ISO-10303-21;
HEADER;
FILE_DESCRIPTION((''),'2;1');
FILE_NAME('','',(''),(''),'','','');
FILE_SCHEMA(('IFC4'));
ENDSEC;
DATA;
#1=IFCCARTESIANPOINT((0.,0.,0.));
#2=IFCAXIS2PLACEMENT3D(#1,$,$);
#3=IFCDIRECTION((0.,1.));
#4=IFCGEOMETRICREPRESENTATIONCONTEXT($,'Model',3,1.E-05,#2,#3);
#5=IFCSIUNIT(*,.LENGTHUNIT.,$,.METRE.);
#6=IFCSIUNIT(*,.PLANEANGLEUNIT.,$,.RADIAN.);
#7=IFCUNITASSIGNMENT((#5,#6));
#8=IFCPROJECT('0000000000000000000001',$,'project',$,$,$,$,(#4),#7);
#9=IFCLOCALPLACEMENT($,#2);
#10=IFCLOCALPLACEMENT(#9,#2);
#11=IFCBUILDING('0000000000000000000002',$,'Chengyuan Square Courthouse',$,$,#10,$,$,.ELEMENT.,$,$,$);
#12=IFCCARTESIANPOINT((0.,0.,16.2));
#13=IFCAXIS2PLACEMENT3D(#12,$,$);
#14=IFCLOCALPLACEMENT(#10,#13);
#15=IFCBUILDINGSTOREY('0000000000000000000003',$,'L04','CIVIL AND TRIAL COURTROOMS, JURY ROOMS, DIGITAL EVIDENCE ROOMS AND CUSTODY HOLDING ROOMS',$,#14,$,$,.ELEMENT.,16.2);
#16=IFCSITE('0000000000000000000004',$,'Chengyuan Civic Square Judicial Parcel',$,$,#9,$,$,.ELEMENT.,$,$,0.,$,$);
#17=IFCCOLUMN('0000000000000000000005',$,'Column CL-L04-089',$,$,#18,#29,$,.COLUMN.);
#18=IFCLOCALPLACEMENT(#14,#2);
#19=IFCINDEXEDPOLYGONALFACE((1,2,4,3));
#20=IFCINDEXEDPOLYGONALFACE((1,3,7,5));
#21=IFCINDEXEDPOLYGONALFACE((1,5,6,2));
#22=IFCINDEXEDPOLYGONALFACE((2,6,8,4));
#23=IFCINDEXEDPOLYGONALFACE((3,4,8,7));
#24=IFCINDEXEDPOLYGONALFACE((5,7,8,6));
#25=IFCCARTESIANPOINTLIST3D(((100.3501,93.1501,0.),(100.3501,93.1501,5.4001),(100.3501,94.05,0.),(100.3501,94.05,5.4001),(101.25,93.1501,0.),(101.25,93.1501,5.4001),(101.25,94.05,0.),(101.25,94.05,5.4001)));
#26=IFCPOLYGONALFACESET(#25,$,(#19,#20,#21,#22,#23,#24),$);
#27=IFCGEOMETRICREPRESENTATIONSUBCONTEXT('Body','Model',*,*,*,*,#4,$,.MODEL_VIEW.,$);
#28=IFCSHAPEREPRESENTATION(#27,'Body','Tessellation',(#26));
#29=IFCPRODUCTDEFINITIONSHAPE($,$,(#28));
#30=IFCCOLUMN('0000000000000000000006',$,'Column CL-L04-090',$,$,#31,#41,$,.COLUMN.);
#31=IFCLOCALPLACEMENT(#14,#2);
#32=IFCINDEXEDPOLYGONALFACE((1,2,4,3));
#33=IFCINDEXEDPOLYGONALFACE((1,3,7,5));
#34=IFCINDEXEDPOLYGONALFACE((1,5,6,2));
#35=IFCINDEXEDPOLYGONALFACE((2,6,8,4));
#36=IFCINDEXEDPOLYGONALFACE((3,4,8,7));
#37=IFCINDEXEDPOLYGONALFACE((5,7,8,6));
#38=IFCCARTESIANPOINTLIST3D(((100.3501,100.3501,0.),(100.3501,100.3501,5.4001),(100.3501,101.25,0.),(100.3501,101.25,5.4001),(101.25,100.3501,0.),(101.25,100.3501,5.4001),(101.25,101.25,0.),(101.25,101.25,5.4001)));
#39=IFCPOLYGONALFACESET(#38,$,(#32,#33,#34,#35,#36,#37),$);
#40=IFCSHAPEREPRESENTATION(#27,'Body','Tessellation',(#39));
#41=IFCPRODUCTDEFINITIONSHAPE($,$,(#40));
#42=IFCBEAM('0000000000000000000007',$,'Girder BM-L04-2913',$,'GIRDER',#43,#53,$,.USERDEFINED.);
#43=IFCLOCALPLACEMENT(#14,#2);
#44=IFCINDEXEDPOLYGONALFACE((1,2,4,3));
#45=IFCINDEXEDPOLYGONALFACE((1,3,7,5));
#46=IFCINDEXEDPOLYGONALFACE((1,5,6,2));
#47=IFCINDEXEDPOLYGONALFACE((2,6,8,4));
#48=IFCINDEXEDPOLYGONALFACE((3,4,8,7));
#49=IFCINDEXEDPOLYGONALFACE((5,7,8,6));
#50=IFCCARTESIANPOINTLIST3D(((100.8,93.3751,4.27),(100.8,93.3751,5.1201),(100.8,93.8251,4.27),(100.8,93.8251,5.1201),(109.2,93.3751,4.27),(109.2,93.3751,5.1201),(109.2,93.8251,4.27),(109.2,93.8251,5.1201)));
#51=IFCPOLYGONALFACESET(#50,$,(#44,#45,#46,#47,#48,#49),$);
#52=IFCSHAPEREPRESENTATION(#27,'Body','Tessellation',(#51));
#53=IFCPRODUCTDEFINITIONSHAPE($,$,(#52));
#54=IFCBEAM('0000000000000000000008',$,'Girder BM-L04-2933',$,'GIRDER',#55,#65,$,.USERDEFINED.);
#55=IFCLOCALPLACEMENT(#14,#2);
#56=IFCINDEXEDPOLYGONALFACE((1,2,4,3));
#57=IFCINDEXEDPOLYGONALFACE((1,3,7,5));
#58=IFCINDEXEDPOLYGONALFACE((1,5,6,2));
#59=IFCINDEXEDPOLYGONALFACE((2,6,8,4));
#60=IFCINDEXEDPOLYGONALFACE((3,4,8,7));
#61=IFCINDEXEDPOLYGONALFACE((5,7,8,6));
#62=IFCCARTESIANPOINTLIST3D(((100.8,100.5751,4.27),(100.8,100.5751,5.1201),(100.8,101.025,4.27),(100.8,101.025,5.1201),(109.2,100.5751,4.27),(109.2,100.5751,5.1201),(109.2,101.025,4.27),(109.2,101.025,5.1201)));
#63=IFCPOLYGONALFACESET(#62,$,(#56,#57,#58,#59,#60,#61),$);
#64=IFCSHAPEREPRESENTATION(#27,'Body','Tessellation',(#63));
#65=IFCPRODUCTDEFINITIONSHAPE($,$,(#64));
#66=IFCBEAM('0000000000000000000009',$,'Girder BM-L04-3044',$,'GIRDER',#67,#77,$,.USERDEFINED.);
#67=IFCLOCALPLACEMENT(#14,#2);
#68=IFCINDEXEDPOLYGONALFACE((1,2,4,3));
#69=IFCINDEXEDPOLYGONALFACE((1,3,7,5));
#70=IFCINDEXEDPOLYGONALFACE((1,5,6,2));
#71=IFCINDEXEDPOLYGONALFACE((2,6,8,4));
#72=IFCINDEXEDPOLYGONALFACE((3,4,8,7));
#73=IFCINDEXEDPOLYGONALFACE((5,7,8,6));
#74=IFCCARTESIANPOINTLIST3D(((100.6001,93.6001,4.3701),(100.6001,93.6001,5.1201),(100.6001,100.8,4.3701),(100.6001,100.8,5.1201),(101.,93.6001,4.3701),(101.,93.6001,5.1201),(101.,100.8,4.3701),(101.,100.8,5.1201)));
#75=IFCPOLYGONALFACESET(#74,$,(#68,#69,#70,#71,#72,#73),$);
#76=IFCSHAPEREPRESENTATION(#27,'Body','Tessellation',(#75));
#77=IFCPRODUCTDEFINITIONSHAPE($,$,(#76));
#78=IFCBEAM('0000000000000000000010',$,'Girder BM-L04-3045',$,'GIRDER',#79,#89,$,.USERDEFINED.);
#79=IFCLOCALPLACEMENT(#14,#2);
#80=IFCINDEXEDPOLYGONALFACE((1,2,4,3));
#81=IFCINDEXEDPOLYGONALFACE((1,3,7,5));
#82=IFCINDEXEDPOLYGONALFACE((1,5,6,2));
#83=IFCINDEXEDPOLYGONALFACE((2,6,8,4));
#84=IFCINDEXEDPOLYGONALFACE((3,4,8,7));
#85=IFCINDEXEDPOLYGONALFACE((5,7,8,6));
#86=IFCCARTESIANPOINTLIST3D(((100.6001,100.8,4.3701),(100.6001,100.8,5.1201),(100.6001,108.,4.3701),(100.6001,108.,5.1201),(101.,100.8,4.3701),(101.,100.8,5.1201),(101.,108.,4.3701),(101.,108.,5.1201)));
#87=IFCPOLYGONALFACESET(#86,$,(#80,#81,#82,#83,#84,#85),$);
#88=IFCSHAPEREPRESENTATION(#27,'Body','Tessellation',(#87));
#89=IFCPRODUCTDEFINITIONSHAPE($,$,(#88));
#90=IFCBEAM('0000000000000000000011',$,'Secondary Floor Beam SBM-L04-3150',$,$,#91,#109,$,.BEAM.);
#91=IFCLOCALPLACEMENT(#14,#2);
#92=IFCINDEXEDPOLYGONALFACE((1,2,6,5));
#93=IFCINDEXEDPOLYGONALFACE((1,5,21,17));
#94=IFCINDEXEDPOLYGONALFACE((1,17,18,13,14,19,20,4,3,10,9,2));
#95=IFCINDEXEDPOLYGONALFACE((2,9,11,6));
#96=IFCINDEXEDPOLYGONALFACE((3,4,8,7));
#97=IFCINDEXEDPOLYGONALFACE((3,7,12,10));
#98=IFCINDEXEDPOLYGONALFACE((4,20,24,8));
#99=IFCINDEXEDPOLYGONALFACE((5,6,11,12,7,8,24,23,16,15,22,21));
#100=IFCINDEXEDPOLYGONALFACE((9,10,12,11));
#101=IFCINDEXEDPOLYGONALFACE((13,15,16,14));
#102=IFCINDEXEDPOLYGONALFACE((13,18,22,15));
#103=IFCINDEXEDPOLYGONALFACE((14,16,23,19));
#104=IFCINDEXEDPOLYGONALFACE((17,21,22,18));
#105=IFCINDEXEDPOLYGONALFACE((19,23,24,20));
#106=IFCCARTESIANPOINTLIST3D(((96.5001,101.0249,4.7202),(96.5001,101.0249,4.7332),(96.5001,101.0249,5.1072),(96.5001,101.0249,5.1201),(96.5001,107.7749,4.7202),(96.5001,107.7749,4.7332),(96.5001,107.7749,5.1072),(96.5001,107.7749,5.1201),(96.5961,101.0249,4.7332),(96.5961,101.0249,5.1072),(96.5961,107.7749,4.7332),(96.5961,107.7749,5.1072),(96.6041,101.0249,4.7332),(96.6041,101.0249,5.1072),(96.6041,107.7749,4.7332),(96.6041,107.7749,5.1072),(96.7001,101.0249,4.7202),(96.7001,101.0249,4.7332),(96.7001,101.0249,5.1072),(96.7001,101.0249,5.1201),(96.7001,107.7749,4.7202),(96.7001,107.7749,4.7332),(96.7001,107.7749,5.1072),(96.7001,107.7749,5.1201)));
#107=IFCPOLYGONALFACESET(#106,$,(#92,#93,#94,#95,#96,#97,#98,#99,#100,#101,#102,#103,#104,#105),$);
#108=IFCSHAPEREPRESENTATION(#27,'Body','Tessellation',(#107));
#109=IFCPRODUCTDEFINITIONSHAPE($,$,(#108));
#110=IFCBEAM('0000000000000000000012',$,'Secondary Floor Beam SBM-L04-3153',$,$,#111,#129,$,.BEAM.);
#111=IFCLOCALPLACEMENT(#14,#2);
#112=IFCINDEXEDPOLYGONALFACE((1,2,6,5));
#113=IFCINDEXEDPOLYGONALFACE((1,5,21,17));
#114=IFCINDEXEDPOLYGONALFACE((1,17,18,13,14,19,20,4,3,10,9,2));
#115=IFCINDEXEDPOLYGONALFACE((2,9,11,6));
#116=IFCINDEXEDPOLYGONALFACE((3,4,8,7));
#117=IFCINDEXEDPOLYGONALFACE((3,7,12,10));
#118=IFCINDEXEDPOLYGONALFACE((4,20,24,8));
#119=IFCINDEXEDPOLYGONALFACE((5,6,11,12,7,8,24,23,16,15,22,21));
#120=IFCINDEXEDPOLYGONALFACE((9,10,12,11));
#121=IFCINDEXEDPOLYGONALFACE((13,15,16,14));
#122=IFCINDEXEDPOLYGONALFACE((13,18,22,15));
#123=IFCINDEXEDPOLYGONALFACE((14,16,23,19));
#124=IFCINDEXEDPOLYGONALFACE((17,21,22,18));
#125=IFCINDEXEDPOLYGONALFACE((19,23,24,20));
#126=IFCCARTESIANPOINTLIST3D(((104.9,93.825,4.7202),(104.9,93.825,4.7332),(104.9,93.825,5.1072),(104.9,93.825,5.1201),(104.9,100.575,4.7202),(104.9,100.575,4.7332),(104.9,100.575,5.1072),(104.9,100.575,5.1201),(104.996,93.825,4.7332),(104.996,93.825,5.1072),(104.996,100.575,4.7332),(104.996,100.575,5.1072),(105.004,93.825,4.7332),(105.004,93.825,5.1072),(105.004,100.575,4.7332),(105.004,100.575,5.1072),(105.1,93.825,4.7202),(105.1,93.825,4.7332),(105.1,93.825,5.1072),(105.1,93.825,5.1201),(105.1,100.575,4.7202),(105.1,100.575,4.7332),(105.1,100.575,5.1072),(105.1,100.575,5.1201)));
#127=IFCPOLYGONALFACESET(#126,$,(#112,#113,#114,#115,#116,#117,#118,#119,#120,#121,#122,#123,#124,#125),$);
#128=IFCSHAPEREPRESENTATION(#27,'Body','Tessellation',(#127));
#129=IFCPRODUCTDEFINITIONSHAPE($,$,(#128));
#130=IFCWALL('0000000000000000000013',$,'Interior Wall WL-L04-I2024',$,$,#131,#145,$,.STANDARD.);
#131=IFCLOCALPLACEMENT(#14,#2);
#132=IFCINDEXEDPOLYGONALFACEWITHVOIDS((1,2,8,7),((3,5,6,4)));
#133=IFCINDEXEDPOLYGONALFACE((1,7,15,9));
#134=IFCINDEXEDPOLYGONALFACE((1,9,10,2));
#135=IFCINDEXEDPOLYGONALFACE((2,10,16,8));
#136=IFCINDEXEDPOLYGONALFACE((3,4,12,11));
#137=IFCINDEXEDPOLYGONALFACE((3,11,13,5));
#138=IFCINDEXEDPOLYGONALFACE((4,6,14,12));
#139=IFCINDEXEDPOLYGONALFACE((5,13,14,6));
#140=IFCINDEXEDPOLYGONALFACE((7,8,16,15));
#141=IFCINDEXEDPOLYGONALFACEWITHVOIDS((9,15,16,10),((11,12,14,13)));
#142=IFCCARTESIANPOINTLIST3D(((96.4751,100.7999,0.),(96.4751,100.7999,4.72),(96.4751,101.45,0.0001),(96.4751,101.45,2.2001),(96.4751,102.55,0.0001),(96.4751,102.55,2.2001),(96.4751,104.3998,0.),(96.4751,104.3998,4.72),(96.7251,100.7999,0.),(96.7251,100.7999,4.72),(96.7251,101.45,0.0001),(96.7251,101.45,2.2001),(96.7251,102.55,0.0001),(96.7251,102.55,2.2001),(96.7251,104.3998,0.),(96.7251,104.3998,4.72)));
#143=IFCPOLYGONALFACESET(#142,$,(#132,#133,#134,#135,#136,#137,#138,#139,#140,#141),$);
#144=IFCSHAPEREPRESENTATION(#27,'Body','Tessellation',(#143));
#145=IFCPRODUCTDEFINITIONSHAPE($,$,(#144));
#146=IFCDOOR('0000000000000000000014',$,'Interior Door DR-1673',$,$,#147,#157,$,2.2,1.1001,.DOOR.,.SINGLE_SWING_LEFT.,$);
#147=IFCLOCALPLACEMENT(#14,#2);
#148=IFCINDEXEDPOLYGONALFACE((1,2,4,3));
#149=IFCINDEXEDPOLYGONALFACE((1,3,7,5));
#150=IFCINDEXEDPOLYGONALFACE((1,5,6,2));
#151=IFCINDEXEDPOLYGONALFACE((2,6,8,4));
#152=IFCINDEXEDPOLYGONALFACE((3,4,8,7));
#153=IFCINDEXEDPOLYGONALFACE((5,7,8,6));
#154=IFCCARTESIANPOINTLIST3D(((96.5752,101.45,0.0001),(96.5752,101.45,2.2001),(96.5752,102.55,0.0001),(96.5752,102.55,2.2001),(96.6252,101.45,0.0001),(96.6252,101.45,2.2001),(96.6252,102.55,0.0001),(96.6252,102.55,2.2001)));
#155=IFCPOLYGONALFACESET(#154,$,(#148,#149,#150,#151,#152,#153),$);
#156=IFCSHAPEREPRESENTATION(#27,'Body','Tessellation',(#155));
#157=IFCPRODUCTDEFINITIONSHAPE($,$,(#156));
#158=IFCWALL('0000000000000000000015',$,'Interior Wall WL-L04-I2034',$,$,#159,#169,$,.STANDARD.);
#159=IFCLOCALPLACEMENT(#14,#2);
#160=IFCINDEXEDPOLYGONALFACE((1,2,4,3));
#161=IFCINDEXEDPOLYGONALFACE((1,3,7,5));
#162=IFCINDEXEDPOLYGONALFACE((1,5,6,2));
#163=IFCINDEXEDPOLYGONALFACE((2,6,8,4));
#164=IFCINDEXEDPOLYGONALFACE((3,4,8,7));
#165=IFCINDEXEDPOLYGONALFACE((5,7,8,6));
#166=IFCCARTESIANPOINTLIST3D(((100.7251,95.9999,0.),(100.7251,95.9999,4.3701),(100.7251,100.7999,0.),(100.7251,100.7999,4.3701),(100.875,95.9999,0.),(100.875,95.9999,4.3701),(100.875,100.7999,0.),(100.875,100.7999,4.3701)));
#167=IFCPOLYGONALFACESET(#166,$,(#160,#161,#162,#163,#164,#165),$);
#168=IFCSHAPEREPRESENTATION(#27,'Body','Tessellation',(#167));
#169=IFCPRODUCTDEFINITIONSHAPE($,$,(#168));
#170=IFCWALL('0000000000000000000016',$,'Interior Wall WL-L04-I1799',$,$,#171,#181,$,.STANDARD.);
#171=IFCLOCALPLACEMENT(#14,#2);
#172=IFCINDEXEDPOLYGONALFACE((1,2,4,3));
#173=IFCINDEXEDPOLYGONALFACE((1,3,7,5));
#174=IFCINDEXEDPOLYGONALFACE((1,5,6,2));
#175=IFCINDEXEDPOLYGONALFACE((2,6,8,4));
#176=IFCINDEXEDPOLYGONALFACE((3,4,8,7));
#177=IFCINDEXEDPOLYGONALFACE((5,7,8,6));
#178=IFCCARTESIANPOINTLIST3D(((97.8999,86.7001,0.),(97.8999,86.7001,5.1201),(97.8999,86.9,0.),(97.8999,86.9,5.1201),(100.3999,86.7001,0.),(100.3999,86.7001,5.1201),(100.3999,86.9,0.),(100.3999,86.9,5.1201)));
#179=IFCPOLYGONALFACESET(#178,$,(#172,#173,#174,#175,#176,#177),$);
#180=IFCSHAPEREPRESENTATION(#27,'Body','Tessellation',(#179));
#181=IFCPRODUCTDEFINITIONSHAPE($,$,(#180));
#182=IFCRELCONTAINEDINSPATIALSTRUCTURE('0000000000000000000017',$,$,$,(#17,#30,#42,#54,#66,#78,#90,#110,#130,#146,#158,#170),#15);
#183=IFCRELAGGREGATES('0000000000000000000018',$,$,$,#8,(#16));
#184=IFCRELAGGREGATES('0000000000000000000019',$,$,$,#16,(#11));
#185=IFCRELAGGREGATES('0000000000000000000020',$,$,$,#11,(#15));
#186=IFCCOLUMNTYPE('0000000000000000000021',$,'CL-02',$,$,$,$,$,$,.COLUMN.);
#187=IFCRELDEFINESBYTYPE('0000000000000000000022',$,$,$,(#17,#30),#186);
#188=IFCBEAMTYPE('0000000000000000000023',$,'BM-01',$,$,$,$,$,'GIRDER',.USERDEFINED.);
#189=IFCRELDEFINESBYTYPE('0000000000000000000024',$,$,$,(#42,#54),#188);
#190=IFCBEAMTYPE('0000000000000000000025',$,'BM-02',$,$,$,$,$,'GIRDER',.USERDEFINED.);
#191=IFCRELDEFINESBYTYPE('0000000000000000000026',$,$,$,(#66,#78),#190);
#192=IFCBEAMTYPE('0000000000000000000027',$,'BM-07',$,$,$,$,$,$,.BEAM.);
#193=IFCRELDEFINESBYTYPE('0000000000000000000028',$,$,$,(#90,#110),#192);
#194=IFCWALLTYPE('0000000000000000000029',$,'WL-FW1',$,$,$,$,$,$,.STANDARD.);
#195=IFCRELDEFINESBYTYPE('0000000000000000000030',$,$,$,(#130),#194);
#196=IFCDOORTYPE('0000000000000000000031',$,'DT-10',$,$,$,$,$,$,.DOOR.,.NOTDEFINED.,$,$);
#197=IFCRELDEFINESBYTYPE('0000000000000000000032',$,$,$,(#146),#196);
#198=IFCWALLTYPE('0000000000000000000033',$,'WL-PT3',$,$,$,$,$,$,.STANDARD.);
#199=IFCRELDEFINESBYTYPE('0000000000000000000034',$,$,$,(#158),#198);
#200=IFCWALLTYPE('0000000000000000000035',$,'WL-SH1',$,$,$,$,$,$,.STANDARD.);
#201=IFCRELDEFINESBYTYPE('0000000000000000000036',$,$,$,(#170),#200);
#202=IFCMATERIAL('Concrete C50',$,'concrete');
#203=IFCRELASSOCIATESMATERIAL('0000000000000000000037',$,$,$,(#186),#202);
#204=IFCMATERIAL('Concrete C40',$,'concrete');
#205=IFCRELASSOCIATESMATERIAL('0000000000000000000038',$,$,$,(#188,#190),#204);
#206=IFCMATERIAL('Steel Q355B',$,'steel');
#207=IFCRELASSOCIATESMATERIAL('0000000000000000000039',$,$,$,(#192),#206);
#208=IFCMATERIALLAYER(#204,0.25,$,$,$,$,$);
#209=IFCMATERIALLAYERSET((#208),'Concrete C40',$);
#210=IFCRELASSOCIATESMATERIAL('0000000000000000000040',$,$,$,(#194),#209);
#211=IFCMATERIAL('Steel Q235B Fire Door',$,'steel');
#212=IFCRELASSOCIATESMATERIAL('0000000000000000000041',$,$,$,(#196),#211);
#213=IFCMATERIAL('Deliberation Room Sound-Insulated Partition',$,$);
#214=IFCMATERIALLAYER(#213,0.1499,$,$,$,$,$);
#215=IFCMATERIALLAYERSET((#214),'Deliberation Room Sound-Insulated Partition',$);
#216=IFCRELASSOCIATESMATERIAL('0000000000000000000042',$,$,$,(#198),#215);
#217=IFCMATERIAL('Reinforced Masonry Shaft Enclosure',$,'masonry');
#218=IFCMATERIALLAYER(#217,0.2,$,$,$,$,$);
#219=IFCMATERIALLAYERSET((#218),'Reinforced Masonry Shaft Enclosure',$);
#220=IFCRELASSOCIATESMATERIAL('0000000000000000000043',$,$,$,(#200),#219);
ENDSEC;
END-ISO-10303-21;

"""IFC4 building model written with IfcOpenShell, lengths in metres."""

from ifc_helpers import new_model, si_unit, direction, frame, frame_2d, origin, origin_2d, place, context, subcontext, project, spatial, rectangle, i_section, extrude, material, layer, layer_set, material_profile, profile_set, type_object, element, fill, save


model = new_model("IFC4")

# Units and contexts
model_context = context("Model", 3, precision=1e-05, world=origin(), true_north=direction((0.0, 1.0)))
body_context = subcontext(model_context, "Body", "Model", "MODEL_VIEW")
ifc_project = project(units=[si_unit("LENGTHUNIT", "METRE"), si_unit("PLANEANGLEUNIT", "RADIAN")], contexts=[model_context])

# Site, building, storey
site_placement = place(None, origin())
site = spatial("IfcSite", under=ifc_project, at=site_placement, Name="Chengyuan Civic Square Judicial Parcel", CompositionType="ELEMENT", RefElevation=0.0)
building_placement = place(site_placement, origin())
building = spatial("IfcBuilding", under=site, at=building_placement, Name="Chengyuan Square Courthouse", CompositionType="ELEMENT")
storey_placement = place(building_placement, frame((0.0, 0.0, 16.2)))
storey = spatial("IfcBuildingStorey", under=building, at=storey_placement, Name="L04", Description="CIVIL AND TRIAL COURTROOMS, JURY ROOMS, DIGITAL EVIDENCE ROOMS AND CUSTODY HOLDING ROOMS", CompositionType="ELEMENT", Elevation=16.2)

# Columns
ifc_material_1 = material(Name="Concrete C50", Category="concrete")
ifc_material_profile_1 = material_profile(ifc_material_1, rectangle(XDim=0.8999, YDim=0.8999, at=origin_2d()), Name="RC-COL-900x900")
ifc_profile_set_1 = profile_set([ifc_material_profile_1], Name="Concrete C50")
column_type = type_object("IfcColumnType", Name="CL-02", PredefinedType="COLUMN", material=ifc_profile_set_1)
for number, where, z_axis, x_axis, name in (
    (1, (100.8, 93.6001, 0.0), (0.0, 0.0, 1.0), (1.0, 0.0, 0.0), "Column CL-L04-089"),
    (2, (100.8, 100.8, 0.0), (0.0, 0.0, 1.0), (1.0, 0.0, 0.0), "Column CL-L04-090"),
):
    element("IfcColumn", number, at=place(storey_placement, frame(where, z_axis=z_axis, x_axis=x_axis)), inside=storey, type_object=column_type, Name=name, PredefinedType="COLUMN", context=body_context, shape_type="SweptSolid", body=[
        extrude(rectangle(XDim=0.8999, YDim=0.8999, at=origin_2d()), origin(), (0.0, 0.0, 1.0), 5.4001),
    ])

# Beams
ifc_material_2 = material(Name="Concrete C40", Category="concrete")
ifc_material_profile_2 = material_profile(ifc_material_2, rectangle(XDim=0.45, YDim=0.8501, at=origin_2d()), Name="RC-BM-450x850")
ifc_profile_set_2 = profile_set([ifc_material_profile_2], Name="Concrete C40")
beam_type_1 = type_object("IfcBeamType", Name="BM-01", ElementType="GIRDER", PredefinedType="USERDEFINED", material=ifc_profile_set_2)
for number, where, z_axis, x_axis, name in (
    (3, (100.8, 93.6001, 4.6951), (1.0, 0.0, 0.0), (0.0, 1.0, 0.0), "Girder BM-L04-2913"),
    (4, (100.8, 100.8, 4.6951), (1.0, 0.0, 0.0), (0.0, 1.0, 0.0), "Girder BM-L04-2933"),
):
    element("IfcBeam", number, at=place(storey_placement, frame(where, z_axis=z_axis, x_axis=x_axis)), inside=storey, type_object=beam_type_1, Name=name, ObjectType="GIRDER", PredefinedType="USERDEFINED", context=body_context, shape_type="SweptSolid", body=[
        extrude(rectangle(XDim=0.45, YDim=0.8501, at=origin_2d()), origin(), (0.0, 0.0, 1.0), 8.3999),
    ])
ifc_material_profile_3 = material_profile(ifc_material_2, rectangle(XDim=0.3999, YDim=0.75, at=origin_2d()), Name="RC-BM-400x750")
ifc_profile_set_3 = profile_set([ifc_material_profile_3], Name="Concrete C40")
beam_type_2 = type_object("IfcBeamType", Name="BM-02", ElementType="GIRDER", PredefinedType="USERDEFINED", material=ifc_profile_set_3)
for number, where, z_axis, x_axis, name in (
    (5, (100.8, 93.6001, 4.7451), (0.0, 1.0, 0.0), (-1.0, 0.0, 0.0), "Girder BM-L04-3044"),
    (6, (100.8, 100.8, 4.7451), (0.0, 1.0, 0.0), (-1.0, 0.0, 0.0), "Girder BM-L04-3045"),
):
    element("IfcBeam", number, at=place(storey_placement, frame(where, z_axis=z_axis, x_axis=x_axis)), inside=storey, type_object=beam_type_2, Name=name, ObjectType="GIRDER", PredefinedType="USERDEFINED", context=body_context, shape_type="SweptSolid", body=[
        extrude(rectangle(XDim=0.3999, YDim=0.75, at=origin_2d()), origin(), (0.0, 0.0, 1.0), 7.2),
    ])
ifc_material_3 = material(Name="Steel Q355B", Category="steel")
ifc_material_profile_4 = material_profile(ifc_material_3, i_section(OverallWidth=0.2, OverallDepth=0.3999, WebThickness=0.0081, FlangeThickness=0.0129, at=origin_2d()), Name="HN 400x200x8x13")
ifc_profile_set_4 = profile_set([ifc_material_profile_4], Name="Steel Q355B")
beam_type_3 = type_object("IfcBeamType", Name="BM-07", PredefinedType="BEAM", material=ifc_profile_set_4)
for number, where, z_axis, x_axis, name in (
    (7, (96.6001, 101.0249, 4.9202), (0.0, 1.0, 0.0), (-1.0, 0.0, 0.0), "Secondary Floor Beam SBM-L04-3150"),
    (8, (105.0, 93.825, 4.9202), (0.0, 1.0, 0.0), (-1.0, 0.0, 0.0), "Secondary Floor Beam SBM-L04-3153"),
):
    element("IfcBeam", number, at=place(storey_placement, frame(where, z_axis=z_axis, x_axis=x_axis)), inside=storey, type_object=beam_type_3, Name=name, PredefinedType="BEAM", context=body_context, shape_type="SweptSolid", body=[
        extrude(i_section(OverallWidth=0.2, OverallDepth=0.3999, WebThickness=0.0081, FlangeThickness=0.0129, at=origin_2d()), origin(), (0.0, 0.0, 1.0), 6.75),
    ])

# Wall, opening, door
ifc_layer_1 = layer(ifc_material_2, 0.25)
ifc_layer_set_1 = layer_set([ifc_layer_1], Name="Concrete C40")
wall_type_1 = type_object("IfcWallType", Name="WL-FW1", PredefinedType="STANDARD", material=ifc_layer_set_1)
wall_1_placement = place(storey_placement, frame((96.6001, 100.8, 0.0), z_axis=(0.0, 0.0, 1.0), x_axis=(0.0, 1.0, 0.0)))
wall_1 = element("IfcWall", 9, at=wall_1_placement, inside=storey, type_object=wall_type_1, Name="Interior Wall WL-L04-I2024", PredefinedType="STANDARD", context=body_context, shape_type="SweptSolid", body=[
    extrude(rectangle(XDim=3.5999, YDim=0.25, at=frame_2d((1.7998, 0.0))), origin(), (0.0, 0.0, 1.0), 4.72),
])
opening_1_placement = place(wall_1_placement, frame((0.6499, 0.0, 0.0)))
opening_1 = element("IfcOpeningElement", 10, at=opening_1_placement, cuts=wall_1, PredefinedType="OPENING", context=body_context, shape_type="SweptSolid", body=[
    extrude(rectangle(XDim=1.1001, YDim=2.2, at=frame_2d((0.55, 1.1001))), frame((0.0, 0.137, 0.0), z_axis=(0.0, -1.0, 0.0), x_axis=(1.0, 0.0, 0.0)), (0.0, 0.0, 1.0), 0.2739),
])
ifc_material_4 = material(Name="Steel Q235B Fire Door", Category="steel")
door_type_1 = type_object("IfcDoorType", Name="DT-10", OperationType="NOTDEFINED", PredefinedType="DOOR", material=ifc_material_4)
door_1_placement = place(opening_1_placement, origin())
door_1 = element("IfcDoor", 11, at=door_1_placement, inside=storey, type_object=door_type_1, Name="Interior Door DR-1673", OperationType="SINGLE_SWING_LEFT", OverallHeight=2.2, OverallWidth=1.1001, PredefinedType="DOOR", context=body_context, shape_type="SweptSolid", body=[
    extrude(rectangle(XDim=1.1001, YDim=2.2, at=frame_2d((0.55, 1.1001))), frame((0.0, 0.0249, 0.0), z_axis=(0.0, -1.0, 0.0), x_axis=(1.0, 0.0, 0.0)), (0.0, 0.0, 1.0), 0.05),
])
fill(opening_1, door_1)

# Walls
ifc_material_5 = material(Name="Deliberation Room Sound-Insulated Partition")
ifc_layer_2 = layer(ifc_material_5, 0.1499)
ifc_layer_set_2 = layer_set([ifc_layer_2], Name="Deliberation Room Sound-Insulated Partition")
wall_type_2 = type_object("IfcWallType", Name="WL-PT3", PredefinedType="STANDARD", material=ifc_layer_set_2)
wall_2_placement = place(storey_placement, frame((100.8, 96.0, 0.0), z_axis=(0.0, 0.0, 1.0), x_axis=(0.0, 1.0, 0.0)))
element("IfcWall", 12, at=wall_2_placement, inside=storey, type_object=wall_type_2, Name="Interior Wall WL-L04-I2034", PredefinedType="STANDARD", context=body_context, shape_type="SweptSolid", body=[
    extrude(rectangle(XDim=4.8, YDim=0.1499, at=frame_2d((2.3999, 0.0))), origin(), (0.0, 0.0, 1.0), 4.3701),
])
ifc_material_6 = material(Name="Reinforced Masonry Shaft Enclosure", Category="masonry")
ifc_layer_3 = layer(ifc_material_6, 0.2)
ifc_layer_set_3 = layer_set([ifc_layer_3], Name="Reinforced Masonry Shaft Enclosure")
wall_type_3 = type_object("IfcWallType", Name="WL-SH1", PredefinedType="STANDARD", material=ifc_layer_set_3)
wall_3_placement = place(storey_placement, frame((97.8999, 86.8, 0.0), z_axis=(0.0, 0.0, 1.0), x_axis=(1.0, 0.0, 0.0)))
element("IfcWall", 13, at=wall_3_placement, inside=storey, type_object=wall_type_3, Name="Interior Wall WL-L04-I1799", PredefinedType="STANDARD", context=body_context, shape_type="SweptSolid", body=[
    extrude(rectangle(XDim=2.5, YDim=0.2, at=frame_2d((1.25, 0.0))), origin(), (0.0, 0.0, 1.0), 5.1201),
])

save(model, "model.ifc")
